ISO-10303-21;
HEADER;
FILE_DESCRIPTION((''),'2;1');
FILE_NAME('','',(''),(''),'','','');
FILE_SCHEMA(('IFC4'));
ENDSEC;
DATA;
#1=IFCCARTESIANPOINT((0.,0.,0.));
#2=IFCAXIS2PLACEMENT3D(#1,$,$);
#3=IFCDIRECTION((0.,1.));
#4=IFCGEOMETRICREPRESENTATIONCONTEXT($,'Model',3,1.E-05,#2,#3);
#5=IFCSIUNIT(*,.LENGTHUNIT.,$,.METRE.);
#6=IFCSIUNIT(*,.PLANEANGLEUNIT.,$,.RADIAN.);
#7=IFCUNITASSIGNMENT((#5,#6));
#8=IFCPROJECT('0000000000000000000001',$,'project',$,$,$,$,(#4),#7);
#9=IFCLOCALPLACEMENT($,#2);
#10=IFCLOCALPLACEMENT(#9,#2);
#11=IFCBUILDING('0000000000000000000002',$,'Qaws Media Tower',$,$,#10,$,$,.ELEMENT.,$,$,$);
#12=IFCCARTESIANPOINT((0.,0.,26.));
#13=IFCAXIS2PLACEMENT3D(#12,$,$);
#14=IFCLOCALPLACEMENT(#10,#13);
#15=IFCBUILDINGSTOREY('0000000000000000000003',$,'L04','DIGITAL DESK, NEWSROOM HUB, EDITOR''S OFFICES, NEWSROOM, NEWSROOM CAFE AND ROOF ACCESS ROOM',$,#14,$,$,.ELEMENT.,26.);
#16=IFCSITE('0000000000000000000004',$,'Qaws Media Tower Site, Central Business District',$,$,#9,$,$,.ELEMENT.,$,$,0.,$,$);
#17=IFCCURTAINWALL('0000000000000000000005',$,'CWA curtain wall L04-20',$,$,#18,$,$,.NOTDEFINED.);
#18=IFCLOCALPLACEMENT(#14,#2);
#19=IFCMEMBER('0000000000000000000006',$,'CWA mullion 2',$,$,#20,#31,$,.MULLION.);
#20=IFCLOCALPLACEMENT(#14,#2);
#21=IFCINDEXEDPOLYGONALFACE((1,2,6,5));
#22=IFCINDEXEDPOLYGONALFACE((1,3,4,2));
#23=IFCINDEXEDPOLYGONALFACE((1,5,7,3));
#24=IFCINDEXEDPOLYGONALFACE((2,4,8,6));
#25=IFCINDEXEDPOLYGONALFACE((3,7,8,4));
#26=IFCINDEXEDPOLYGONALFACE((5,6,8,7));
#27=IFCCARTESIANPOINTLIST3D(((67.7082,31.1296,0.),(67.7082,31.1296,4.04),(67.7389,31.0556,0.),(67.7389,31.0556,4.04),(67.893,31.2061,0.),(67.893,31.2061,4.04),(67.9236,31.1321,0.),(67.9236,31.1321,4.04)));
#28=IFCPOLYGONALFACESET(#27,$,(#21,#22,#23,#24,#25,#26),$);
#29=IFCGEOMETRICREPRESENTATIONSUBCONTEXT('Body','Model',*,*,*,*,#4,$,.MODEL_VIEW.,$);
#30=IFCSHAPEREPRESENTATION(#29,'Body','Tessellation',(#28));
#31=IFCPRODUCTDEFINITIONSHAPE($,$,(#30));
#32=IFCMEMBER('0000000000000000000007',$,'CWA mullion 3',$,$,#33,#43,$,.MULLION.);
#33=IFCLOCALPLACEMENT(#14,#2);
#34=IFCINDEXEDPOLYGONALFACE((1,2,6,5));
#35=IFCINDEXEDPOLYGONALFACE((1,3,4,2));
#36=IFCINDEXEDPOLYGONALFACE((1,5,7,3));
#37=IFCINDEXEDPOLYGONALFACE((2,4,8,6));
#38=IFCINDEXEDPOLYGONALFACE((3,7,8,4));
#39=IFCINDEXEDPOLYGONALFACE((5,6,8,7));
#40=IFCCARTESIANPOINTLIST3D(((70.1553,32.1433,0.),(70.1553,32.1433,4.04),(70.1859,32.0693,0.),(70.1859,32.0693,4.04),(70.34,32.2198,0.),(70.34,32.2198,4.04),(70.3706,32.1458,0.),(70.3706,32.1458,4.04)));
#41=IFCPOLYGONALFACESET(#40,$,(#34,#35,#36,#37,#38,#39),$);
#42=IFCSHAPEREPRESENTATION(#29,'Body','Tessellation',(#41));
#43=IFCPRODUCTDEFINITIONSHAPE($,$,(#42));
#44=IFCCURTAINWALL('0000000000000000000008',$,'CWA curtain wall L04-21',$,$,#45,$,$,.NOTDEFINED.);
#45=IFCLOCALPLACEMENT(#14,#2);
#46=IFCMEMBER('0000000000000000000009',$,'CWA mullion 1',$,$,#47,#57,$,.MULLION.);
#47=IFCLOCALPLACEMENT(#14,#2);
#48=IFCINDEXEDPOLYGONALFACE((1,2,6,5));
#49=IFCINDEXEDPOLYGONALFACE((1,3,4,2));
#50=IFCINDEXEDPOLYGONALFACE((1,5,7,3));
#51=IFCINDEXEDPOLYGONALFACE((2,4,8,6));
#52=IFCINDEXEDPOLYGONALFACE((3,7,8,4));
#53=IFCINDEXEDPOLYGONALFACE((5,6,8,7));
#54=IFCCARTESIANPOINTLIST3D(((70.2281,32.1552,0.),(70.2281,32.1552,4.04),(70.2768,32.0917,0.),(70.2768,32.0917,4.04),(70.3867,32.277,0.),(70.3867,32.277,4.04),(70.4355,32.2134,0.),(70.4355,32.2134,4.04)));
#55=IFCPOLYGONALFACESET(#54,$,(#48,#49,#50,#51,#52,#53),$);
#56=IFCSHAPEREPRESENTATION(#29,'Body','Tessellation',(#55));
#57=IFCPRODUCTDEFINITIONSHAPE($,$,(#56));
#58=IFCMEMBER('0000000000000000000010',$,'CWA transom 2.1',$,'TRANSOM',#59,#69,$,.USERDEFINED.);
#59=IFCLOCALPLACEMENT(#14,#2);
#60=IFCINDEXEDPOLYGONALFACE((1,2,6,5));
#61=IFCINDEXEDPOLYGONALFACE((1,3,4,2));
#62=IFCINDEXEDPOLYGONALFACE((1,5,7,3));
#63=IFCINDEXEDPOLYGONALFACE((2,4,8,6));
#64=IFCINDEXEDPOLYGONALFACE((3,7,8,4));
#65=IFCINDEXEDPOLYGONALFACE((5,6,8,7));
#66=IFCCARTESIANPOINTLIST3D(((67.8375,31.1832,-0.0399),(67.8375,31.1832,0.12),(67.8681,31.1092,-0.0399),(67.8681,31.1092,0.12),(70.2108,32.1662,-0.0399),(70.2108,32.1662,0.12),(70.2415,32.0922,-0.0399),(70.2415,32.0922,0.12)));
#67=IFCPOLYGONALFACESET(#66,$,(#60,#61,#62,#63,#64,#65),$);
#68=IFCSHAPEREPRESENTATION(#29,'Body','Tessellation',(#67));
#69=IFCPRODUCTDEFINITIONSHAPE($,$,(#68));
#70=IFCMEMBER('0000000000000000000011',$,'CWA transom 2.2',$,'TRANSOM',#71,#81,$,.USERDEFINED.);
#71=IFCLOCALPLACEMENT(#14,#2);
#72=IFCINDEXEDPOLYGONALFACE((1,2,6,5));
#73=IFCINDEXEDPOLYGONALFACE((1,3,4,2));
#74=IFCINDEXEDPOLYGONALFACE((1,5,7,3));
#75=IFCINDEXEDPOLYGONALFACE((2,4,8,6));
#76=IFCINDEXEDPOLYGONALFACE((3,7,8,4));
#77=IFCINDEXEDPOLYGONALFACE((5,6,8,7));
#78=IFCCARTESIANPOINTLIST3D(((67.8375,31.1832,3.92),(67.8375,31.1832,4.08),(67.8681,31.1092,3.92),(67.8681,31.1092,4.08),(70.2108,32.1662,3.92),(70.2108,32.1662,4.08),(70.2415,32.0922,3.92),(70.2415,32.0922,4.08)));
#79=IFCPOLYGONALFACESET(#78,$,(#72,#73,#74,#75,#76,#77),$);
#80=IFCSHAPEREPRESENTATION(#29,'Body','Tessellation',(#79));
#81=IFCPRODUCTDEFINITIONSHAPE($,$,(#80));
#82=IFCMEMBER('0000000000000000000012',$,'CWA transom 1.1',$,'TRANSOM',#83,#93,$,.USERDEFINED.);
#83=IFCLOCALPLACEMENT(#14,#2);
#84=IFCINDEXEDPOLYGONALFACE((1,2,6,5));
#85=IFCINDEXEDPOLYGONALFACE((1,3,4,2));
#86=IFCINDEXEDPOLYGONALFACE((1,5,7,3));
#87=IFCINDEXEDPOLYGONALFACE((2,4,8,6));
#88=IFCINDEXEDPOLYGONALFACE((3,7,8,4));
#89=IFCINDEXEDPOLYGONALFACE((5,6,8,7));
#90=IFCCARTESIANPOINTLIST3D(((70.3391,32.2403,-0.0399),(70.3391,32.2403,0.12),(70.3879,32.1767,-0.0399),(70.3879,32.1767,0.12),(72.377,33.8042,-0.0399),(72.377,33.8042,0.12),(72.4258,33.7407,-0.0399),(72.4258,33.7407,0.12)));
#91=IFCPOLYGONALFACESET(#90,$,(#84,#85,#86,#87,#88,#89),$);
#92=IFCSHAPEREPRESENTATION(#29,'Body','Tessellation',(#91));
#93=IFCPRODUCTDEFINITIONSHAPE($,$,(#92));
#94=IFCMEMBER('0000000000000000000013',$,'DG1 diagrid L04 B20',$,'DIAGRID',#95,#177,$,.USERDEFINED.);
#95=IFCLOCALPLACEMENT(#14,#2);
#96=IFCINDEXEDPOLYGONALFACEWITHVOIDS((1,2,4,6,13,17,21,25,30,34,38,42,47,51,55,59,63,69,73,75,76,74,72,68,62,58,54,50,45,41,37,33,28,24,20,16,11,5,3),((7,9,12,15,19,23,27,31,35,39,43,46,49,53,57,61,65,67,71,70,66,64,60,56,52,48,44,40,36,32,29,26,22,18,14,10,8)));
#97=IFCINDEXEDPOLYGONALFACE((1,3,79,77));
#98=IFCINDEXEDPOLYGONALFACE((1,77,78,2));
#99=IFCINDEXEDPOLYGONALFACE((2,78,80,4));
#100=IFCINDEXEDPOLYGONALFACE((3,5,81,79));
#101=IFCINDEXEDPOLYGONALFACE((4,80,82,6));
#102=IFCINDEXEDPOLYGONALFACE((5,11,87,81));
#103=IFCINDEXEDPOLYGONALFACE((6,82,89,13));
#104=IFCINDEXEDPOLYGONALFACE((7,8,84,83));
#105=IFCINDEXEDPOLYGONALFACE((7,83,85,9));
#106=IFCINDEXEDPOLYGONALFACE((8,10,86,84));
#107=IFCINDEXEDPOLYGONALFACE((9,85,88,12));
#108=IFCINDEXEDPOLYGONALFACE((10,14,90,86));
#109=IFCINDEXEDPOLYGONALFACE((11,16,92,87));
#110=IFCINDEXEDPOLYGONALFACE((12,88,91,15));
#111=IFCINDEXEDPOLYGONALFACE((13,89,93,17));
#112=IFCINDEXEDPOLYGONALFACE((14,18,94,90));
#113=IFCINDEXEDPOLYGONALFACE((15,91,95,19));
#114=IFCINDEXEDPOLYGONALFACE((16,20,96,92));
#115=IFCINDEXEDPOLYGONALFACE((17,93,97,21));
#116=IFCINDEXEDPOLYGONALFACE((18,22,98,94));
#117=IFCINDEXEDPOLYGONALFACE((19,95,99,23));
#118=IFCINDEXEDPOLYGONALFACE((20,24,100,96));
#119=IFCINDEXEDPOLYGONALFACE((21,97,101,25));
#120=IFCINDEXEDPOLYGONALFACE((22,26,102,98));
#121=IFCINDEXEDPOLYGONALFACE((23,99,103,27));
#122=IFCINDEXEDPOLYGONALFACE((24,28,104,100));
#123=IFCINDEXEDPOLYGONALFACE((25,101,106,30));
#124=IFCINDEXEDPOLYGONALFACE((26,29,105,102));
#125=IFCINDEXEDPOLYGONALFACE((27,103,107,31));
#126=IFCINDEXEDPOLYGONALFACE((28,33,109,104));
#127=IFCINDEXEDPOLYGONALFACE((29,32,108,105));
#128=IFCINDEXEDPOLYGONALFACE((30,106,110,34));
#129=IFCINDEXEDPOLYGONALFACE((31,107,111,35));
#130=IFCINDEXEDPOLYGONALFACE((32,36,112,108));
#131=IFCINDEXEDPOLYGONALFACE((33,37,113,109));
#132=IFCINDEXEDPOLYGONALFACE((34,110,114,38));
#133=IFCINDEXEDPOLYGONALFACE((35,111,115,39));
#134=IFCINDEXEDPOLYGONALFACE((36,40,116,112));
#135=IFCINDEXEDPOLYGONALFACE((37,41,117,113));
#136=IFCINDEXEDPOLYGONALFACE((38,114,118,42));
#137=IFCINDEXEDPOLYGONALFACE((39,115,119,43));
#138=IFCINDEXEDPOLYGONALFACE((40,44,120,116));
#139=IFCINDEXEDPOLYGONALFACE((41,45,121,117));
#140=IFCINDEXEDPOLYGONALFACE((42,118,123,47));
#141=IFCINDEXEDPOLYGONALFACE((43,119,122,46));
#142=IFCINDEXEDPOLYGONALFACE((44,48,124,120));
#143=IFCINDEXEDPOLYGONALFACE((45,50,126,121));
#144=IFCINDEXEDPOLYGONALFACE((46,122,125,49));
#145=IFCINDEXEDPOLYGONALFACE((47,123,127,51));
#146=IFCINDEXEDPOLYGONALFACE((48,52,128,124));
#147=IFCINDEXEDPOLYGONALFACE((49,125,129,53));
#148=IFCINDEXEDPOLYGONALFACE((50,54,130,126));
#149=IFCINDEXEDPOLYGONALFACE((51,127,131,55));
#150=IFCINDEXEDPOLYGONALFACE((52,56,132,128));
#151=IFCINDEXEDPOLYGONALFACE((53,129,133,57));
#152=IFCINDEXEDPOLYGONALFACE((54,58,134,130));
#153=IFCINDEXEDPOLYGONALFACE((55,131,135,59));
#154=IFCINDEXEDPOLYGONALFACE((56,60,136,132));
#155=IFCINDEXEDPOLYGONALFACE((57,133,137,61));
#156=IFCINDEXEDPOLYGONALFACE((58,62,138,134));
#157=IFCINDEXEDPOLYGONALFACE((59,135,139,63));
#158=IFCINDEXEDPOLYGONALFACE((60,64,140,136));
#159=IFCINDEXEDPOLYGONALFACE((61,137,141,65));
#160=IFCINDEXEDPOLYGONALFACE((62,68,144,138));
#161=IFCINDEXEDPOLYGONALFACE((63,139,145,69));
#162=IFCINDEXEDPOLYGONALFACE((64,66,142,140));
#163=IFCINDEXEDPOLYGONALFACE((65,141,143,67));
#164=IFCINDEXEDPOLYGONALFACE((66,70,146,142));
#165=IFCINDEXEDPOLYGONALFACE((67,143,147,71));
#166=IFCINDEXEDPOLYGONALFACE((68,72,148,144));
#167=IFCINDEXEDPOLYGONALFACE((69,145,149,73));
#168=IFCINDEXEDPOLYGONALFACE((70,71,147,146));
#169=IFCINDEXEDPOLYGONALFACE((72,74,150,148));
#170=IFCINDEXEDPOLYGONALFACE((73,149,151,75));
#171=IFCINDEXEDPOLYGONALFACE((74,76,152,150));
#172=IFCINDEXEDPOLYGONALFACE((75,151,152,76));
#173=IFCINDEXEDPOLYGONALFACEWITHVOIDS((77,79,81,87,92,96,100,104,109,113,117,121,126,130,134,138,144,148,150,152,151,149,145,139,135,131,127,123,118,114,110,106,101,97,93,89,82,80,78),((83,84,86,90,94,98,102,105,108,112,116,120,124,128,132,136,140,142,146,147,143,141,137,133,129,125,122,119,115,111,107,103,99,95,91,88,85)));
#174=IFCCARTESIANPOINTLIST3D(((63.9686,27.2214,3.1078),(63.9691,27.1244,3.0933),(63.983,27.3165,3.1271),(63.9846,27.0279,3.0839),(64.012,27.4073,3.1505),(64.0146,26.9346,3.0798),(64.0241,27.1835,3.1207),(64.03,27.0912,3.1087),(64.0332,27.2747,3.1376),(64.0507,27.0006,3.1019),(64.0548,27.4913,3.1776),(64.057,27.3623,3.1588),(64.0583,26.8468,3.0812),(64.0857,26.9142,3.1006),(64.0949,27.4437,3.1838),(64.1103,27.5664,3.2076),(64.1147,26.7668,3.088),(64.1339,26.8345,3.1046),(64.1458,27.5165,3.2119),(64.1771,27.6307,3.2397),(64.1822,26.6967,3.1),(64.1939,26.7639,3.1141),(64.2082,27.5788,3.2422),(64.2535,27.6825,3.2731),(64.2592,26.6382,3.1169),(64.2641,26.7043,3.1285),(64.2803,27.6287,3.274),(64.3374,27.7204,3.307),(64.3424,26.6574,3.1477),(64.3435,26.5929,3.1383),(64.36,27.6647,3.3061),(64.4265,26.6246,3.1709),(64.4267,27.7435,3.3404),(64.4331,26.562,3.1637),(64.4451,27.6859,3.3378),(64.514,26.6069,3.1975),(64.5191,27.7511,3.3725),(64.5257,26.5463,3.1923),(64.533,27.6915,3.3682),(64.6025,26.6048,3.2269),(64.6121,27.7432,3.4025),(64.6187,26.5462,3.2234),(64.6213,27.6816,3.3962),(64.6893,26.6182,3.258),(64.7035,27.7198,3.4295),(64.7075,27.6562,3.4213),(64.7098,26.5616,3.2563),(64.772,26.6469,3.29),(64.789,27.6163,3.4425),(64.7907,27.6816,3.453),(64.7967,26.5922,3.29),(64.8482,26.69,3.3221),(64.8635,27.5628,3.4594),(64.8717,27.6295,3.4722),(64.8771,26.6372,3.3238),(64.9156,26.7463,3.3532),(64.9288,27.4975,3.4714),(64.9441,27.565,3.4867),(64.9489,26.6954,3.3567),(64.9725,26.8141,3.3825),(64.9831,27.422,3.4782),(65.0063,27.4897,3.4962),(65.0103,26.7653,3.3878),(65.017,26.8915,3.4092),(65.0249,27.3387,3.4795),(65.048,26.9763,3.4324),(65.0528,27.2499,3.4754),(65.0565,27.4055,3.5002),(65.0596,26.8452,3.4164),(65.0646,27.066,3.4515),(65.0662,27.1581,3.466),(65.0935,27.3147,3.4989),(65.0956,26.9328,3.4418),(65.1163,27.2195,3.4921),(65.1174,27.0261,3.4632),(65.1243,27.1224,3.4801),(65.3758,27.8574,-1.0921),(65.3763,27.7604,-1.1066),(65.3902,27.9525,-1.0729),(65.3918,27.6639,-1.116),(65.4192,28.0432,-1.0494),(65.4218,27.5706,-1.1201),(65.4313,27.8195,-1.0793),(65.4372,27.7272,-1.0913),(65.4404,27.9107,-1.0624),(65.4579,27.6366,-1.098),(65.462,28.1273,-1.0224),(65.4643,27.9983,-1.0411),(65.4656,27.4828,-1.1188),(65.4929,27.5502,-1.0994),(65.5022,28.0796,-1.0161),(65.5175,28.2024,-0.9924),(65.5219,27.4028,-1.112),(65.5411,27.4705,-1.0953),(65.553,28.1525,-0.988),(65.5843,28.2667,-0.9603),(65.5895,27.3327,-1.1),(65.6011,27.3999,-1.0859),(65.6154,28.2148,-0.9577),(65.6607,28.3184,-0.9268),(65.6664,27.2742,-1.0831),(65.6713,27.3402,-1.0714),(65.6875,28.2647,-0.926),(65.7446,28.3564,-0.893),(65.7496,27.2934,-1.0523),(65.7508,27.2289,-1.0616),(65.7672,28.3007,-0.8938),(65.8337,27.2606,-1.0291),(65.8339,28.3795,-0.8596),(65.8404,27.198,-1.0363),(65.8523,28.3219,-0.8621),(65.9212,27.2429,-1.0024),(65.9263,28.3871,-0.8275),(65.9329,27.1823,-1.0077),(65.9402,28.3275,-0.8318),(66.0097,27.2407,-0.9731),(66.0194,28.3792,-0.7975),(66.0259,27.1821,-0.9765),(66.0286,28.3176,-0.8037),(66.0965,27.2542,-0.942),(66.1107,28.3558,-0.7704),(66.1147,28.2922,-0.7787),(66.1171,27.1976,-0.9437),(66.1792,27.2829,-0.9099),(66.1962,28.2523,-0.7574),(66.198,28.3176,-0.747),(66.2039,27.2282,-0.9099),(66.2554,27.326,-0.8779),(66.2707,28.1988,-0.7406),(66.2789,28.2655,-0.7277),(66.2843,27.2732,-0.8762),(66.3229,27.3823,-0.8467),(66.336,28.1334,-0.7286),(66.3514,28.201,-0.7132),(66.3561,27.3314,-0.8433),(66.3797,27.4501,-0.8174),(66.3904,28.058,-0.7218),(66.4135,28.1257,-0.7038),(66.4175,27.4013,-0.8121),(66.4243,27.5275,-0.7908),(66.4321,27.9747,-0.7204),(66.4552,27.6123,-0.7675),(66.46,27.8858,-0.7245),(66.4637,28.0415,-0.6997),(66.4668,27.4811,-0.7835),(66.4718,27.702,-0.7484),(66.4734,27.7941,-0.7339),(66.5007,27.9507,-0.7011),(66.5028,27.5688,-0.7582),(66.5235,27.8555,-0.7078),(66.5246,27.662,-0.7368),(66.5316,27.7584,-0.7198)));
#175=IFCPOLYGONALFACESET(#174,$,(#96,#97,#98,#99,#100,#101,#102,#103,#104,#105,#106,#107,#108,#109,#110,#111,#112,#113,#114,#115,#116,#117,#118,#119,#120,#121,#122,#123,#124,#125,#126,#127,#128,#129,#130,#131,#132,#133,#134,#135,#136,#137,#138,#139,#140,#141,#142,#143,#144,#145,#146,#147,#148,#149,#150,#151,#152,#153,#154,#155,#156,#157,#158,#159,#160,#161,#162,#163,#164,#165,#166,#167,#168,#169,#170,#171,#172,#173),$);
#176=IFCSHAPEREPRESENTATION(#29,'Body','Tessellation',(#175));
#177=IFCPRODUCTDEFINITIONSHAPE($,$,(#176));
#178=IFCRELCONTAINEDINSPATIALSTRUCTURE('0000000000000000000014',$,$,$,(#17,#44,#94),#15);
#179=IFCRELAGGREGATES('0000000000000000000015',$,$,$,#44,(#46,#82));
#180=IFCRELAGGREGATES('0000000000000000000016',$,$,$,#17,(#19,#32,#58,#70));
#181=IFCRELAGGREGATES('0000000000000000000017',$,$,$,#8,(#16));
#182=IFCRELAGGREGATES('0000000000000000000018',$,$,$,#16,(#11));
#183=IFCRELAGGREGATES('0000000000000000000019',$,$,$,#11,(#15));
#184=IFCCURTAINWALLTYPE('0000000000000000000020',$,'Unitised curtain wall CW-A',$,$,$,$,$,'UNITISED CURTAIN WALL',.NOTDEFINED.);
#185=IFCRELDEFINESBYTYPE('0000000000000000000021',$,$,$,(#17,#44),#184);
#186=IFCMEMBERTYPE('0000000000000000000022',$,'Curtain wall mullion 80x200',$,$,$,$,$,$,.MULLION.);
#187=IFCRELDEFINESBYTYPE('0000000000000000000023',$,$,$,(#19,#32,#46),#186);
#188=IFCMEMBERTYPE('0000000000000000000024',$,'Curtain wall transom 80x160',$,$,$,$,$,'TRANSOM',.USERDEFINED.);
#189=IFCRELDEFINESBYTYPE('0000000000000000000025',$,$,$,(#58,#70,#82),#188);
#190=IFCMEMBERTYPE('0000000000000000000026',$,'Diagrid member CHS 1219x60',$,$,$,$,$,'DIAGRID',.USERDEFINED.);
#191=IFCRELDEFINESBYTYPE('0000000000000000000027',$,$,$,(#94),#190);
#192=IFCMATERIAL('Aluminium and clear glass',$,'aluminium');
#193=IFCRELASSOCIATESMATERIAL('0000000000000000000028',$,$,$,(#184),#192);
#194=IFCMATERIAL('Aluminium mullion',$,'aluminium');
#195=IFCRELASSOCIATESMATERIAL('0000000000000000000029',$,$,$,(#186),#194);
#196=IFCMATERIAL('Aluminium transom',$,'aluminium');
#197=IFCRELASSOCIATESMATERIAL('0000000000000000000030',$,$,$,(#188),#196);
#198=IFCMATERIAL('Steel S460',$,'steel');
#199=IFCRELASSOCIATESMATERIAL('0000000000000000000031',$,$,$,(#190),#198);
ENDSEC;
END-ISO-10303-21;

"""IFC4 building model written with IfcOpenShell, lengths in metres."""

from ifc_helpers import new_model, si_unit, direction, frame, origin, origin_2d, place, context, subcontext, project, spatial, rectangle, hollow_circle, extrude, material, material_profile, profile_set, type_object, element, aggregate, save


model = new_model("IFC4")

# Units and contexts
model_context = context("Model", 3, precision=1e-05, world=origin(), true_north=direction((0.0, 1.0)))
body_context = subcontext(model_context, "Body", "Model", "MODEL_VIEW")
ifc_project = project(units=[si_unit("LENGTHUNIT", "METRE"), si_unit("PLANEANGLEUNIT", "RADIAN")], contexts=[model_context])

# Site, building, storey
site_placement = place(None, origin())
site = spatial("IfcSite", under=ifc_project, at=site_placement, Name="Qaws Media Tower Site, Central Business District", CompositionType="ELEMENT", RefElevation=0.0)
building_placement = place(site_placement, origin())
building = spatial("IfcBuilding", under=site, at=building_placement, Name="Qaws Media Tower", CompositionType="ELEMENT")
storey_placement = place(building_placement, frame((0.0, 0.0, 26.0)))
storey = spatial("IfcBuildingStorey", under=building, at=storey_placement, Name="L04", Description="DIGITAL DESK, NEWSROOM HUB, EDITOR'S OFFICES, NEWSROOM, NEWSROOM CAFE AND ROOF ACCESS ROOM", CompositionType="ELEMENT", Elevation=26.0)

# Curtain wall, members
ifc_material_1 = material(Name="Aluminium and clear glass", Category="aluminium")
curtain_wall_type = type_object("IfcCurtainWallType", Name="Unitised curtain wall CW-A", ElementType="UNITISED CURTAIN WALL", PredefinedType="NOTDEFINED", material=ifc_material_1)
curtain_wall_1_placement = place(storey_placement, origin())
curtain_wall_1 = element("IfcCurtainWall", 1, at=curtain_wall_1_placement, inside=storey, type_object=curtain_wall_type, Name="CWA curtain wall L04-20", PredefinedType="NOTDEFINED")
ifc_material_2 = material(Name="Aluminium mullion", Category="aluminium")
ifc_material_profile_1 = material_profile(ifc_material_2, rectangle(XDim=0.0801, YDim=0.2, at=origin_2d()), Name="80x200")
ifc_profile_set_1 = profile_set([ifc_material_profile_1], Name="Aluminium mullion")
member_type_1 = type_object("IfcMemberType", Name="Curtain wall mullion 80x200", PredefinedType="MULLION", material=ifc_profile_set_1)
member_1_placement = place(storey_placement, frame((67.8159, 31.1309, 0.0), z_axis=(0.0, 0.0, 1.0), x_axis=(-0.382683, 0.92388, 0.0)))
member_1 = element("IfcMember", 2, at=member_1_placement, type_object=member_type_1, Name="CWA mullion 2", PredefinedType="MULLION", context=body_context, shape_type="SweptSolid", body=[
    extrude(rectangle(XDim=0.0801, YDim=0.2, at=origin_2d()), origin(), (0.0, 0.0, 1.0), 4.04),
])
member_2_placement = place(storey_placement, frame((70.2629, 32.1445, 0.0), z_axis=(0.0, 0.0, 1.0), x_axis=(-0.382683, 0.92388, 0.0)))
member_2 = element("IfcMember", 3, at=member_2_placement, type_object=member_type_1, Name="CWA mullion 3", PredefinedType="MULLION", context=body_context, shape_type="SweptSolid", body=[
    extrude(rectangle(XDim=0.0801, YDim=0.2, at=origin_2d()), origin(), (0.0, 0.0, 1.0), 4.04),
])

# Curtain wall, member
curtain_wall_2_placement = place(storey_placement, origin())
curtain_wall_2 = element("IfcCurtainWall", 4, at=curtain_wall_2_placement, inside=storey, type_object=curtain_wall_type, Name="CWA curtain wall L04-21", PredefinedType="NOTDEFINED")
member_3_placement = place(storey_placement, frame((70.3318, 32.1843, 0.0), z_axis=(0.0, 0.0, 1.0), x_axis=(-0.608761, 0.793353, 0.0)))
member_3 = element("IfcMember", 5, at=member_3_placement, type_object=member_type_1, Name="CWA mullion 1", PredefinedType="MULLION", context=body_context, shape_type="SweptSolid", body=[
    extrude(rectangle(XDim=0.0801, YDim=0.2, at=origin_2d()), origin(), (0.0, 0.0, 1.0), 4.04),
])

# Members
ifc_material_3 = material(Name="Aluminium transom", Category="aluminium")
ifc_material_profile_2 = material_profile(ifc_material_3, rectangle(XDim=0.0801, YDim=0.1599, at=origin_2d()), Name="80x160")
ifc_profile_set_2 = profile_set([ifc_material_profile_2], Name="Aluminium transom")
member_type_2 = type_object("IfcMemberType", Name="Curtain wall transom 80x160", ElementType="TRANSOM", PredefinedType="USERDEFINED", material=ifc_profile_set_2)
member_4_placement = place(storey_placement, frame((67.8528, 31.1462, 0.04), z_axis=(0.923899, 0.382637, 0.0), x_axis=(-0.382637, 0.923899, 0.0)))
member_4 = element("IfcMember", 6, at=member_4_placement, type_object=member_type_2, Name="CWA transom 2.1", ObjectType="TRANSOM", PredefinedType="USERDEFINED", context=body_context, shape_type="SweptSolid", body=[
    extrude(rectangle(XDim=0.0801, YDim=0.1599, at=origin_2d()), origin(), (0.0, 0.0, 1.0), 2.5688),
])
member_5_placement = place(storey_placement, frame((67.8528, 31.1462, 4.0), z_axis=(0.923899, 0.382637, 0.0), x_axis=(-0.382637, 0.923899, 0.0)))
member_5 = element("IfcMember", 7, at=member_5_placement, type_object=member_type_2, Name="CWA transom 2.2", ObjectType="TRANSOM", PredefinedType="USERDEFINED", context=body_context, shape_type="SweptSolid", body=[
    extrude(rectangle(XDim=0.0801, YDim=0.1599, at=origin_2d()), origin(), (0.0, 0.0, 1.0), 2.5688),
])
member_6_placement = place(storey_placement, frame((70.3635, 32.2085, 0.04), z_axis=(0.793302, 0.608829, 0.0), x_axis=(-0.608829, 0.793302, 0.0)))
member_6 = element("IfcMember", 8, at=member_6_placement, type_object=member_type_2, Name="CWA transom 1.1", ObjectType="TRANSOM", PredefinedType="USERDEFINED", context=body_context, shape_type="SweptSolid", body=[
    extrude(rectangle(XDim=0.0801, YDim=0.1599, at=origin_2d()), origin(), (0.0, 0.0, 1.0), 2.5688),
])
aggregate(curtain_wall_2, [member_3, member_6])

# Member
ifc_material_4 = material(Name="Steel S460", Category="steel")
ifc_material_profile_3 = material_profile(ifc_material_4, hollow_circle(Radius=0.6096, WallThickness=0.0601, at=origin_2d()), Name="CHS 1219x60")
ifc_profile_set_3 = profile_set([ifc_material_profile_3], Name="Steel S460")
member_type_3 = type_object("IfcMemberType", Name="Diagrid member CHS 1219x60", ElementType="DIAGRID", PredefinedType="USERDEFINED", material=ifc_profile_set_3)
for number, where, z_axis, x_axis, name in (
    (9, (65.9529, 27.7837, -0.9099), (-0.314474, -0.142124, 0.938566), (0.411837, -0.911258, 0.0), "DG1 diagrid L04 B20"),
):
    element("IfcMember", number, at=place(storey_placement, frame(where, z_axis=z_axis, x_axis=x_axis)), inside=storey, type_object=member_type_3, Name=name, ObjectType="DIAGRID", PredefinedType="USERDEFINED", context=body_context, shape_type="SweptSolid", body=[
        extrude(hollow_circle(Radius=0.6096, WallThickness=0.0601, at=origin_2d()), origin(), (0.0, 0.0, 1.0), 4.4749),
    ])

aggregate(curtain_wall_1, [member_1, member_2, member_4, member_5])

save(model, "model.ifc")
